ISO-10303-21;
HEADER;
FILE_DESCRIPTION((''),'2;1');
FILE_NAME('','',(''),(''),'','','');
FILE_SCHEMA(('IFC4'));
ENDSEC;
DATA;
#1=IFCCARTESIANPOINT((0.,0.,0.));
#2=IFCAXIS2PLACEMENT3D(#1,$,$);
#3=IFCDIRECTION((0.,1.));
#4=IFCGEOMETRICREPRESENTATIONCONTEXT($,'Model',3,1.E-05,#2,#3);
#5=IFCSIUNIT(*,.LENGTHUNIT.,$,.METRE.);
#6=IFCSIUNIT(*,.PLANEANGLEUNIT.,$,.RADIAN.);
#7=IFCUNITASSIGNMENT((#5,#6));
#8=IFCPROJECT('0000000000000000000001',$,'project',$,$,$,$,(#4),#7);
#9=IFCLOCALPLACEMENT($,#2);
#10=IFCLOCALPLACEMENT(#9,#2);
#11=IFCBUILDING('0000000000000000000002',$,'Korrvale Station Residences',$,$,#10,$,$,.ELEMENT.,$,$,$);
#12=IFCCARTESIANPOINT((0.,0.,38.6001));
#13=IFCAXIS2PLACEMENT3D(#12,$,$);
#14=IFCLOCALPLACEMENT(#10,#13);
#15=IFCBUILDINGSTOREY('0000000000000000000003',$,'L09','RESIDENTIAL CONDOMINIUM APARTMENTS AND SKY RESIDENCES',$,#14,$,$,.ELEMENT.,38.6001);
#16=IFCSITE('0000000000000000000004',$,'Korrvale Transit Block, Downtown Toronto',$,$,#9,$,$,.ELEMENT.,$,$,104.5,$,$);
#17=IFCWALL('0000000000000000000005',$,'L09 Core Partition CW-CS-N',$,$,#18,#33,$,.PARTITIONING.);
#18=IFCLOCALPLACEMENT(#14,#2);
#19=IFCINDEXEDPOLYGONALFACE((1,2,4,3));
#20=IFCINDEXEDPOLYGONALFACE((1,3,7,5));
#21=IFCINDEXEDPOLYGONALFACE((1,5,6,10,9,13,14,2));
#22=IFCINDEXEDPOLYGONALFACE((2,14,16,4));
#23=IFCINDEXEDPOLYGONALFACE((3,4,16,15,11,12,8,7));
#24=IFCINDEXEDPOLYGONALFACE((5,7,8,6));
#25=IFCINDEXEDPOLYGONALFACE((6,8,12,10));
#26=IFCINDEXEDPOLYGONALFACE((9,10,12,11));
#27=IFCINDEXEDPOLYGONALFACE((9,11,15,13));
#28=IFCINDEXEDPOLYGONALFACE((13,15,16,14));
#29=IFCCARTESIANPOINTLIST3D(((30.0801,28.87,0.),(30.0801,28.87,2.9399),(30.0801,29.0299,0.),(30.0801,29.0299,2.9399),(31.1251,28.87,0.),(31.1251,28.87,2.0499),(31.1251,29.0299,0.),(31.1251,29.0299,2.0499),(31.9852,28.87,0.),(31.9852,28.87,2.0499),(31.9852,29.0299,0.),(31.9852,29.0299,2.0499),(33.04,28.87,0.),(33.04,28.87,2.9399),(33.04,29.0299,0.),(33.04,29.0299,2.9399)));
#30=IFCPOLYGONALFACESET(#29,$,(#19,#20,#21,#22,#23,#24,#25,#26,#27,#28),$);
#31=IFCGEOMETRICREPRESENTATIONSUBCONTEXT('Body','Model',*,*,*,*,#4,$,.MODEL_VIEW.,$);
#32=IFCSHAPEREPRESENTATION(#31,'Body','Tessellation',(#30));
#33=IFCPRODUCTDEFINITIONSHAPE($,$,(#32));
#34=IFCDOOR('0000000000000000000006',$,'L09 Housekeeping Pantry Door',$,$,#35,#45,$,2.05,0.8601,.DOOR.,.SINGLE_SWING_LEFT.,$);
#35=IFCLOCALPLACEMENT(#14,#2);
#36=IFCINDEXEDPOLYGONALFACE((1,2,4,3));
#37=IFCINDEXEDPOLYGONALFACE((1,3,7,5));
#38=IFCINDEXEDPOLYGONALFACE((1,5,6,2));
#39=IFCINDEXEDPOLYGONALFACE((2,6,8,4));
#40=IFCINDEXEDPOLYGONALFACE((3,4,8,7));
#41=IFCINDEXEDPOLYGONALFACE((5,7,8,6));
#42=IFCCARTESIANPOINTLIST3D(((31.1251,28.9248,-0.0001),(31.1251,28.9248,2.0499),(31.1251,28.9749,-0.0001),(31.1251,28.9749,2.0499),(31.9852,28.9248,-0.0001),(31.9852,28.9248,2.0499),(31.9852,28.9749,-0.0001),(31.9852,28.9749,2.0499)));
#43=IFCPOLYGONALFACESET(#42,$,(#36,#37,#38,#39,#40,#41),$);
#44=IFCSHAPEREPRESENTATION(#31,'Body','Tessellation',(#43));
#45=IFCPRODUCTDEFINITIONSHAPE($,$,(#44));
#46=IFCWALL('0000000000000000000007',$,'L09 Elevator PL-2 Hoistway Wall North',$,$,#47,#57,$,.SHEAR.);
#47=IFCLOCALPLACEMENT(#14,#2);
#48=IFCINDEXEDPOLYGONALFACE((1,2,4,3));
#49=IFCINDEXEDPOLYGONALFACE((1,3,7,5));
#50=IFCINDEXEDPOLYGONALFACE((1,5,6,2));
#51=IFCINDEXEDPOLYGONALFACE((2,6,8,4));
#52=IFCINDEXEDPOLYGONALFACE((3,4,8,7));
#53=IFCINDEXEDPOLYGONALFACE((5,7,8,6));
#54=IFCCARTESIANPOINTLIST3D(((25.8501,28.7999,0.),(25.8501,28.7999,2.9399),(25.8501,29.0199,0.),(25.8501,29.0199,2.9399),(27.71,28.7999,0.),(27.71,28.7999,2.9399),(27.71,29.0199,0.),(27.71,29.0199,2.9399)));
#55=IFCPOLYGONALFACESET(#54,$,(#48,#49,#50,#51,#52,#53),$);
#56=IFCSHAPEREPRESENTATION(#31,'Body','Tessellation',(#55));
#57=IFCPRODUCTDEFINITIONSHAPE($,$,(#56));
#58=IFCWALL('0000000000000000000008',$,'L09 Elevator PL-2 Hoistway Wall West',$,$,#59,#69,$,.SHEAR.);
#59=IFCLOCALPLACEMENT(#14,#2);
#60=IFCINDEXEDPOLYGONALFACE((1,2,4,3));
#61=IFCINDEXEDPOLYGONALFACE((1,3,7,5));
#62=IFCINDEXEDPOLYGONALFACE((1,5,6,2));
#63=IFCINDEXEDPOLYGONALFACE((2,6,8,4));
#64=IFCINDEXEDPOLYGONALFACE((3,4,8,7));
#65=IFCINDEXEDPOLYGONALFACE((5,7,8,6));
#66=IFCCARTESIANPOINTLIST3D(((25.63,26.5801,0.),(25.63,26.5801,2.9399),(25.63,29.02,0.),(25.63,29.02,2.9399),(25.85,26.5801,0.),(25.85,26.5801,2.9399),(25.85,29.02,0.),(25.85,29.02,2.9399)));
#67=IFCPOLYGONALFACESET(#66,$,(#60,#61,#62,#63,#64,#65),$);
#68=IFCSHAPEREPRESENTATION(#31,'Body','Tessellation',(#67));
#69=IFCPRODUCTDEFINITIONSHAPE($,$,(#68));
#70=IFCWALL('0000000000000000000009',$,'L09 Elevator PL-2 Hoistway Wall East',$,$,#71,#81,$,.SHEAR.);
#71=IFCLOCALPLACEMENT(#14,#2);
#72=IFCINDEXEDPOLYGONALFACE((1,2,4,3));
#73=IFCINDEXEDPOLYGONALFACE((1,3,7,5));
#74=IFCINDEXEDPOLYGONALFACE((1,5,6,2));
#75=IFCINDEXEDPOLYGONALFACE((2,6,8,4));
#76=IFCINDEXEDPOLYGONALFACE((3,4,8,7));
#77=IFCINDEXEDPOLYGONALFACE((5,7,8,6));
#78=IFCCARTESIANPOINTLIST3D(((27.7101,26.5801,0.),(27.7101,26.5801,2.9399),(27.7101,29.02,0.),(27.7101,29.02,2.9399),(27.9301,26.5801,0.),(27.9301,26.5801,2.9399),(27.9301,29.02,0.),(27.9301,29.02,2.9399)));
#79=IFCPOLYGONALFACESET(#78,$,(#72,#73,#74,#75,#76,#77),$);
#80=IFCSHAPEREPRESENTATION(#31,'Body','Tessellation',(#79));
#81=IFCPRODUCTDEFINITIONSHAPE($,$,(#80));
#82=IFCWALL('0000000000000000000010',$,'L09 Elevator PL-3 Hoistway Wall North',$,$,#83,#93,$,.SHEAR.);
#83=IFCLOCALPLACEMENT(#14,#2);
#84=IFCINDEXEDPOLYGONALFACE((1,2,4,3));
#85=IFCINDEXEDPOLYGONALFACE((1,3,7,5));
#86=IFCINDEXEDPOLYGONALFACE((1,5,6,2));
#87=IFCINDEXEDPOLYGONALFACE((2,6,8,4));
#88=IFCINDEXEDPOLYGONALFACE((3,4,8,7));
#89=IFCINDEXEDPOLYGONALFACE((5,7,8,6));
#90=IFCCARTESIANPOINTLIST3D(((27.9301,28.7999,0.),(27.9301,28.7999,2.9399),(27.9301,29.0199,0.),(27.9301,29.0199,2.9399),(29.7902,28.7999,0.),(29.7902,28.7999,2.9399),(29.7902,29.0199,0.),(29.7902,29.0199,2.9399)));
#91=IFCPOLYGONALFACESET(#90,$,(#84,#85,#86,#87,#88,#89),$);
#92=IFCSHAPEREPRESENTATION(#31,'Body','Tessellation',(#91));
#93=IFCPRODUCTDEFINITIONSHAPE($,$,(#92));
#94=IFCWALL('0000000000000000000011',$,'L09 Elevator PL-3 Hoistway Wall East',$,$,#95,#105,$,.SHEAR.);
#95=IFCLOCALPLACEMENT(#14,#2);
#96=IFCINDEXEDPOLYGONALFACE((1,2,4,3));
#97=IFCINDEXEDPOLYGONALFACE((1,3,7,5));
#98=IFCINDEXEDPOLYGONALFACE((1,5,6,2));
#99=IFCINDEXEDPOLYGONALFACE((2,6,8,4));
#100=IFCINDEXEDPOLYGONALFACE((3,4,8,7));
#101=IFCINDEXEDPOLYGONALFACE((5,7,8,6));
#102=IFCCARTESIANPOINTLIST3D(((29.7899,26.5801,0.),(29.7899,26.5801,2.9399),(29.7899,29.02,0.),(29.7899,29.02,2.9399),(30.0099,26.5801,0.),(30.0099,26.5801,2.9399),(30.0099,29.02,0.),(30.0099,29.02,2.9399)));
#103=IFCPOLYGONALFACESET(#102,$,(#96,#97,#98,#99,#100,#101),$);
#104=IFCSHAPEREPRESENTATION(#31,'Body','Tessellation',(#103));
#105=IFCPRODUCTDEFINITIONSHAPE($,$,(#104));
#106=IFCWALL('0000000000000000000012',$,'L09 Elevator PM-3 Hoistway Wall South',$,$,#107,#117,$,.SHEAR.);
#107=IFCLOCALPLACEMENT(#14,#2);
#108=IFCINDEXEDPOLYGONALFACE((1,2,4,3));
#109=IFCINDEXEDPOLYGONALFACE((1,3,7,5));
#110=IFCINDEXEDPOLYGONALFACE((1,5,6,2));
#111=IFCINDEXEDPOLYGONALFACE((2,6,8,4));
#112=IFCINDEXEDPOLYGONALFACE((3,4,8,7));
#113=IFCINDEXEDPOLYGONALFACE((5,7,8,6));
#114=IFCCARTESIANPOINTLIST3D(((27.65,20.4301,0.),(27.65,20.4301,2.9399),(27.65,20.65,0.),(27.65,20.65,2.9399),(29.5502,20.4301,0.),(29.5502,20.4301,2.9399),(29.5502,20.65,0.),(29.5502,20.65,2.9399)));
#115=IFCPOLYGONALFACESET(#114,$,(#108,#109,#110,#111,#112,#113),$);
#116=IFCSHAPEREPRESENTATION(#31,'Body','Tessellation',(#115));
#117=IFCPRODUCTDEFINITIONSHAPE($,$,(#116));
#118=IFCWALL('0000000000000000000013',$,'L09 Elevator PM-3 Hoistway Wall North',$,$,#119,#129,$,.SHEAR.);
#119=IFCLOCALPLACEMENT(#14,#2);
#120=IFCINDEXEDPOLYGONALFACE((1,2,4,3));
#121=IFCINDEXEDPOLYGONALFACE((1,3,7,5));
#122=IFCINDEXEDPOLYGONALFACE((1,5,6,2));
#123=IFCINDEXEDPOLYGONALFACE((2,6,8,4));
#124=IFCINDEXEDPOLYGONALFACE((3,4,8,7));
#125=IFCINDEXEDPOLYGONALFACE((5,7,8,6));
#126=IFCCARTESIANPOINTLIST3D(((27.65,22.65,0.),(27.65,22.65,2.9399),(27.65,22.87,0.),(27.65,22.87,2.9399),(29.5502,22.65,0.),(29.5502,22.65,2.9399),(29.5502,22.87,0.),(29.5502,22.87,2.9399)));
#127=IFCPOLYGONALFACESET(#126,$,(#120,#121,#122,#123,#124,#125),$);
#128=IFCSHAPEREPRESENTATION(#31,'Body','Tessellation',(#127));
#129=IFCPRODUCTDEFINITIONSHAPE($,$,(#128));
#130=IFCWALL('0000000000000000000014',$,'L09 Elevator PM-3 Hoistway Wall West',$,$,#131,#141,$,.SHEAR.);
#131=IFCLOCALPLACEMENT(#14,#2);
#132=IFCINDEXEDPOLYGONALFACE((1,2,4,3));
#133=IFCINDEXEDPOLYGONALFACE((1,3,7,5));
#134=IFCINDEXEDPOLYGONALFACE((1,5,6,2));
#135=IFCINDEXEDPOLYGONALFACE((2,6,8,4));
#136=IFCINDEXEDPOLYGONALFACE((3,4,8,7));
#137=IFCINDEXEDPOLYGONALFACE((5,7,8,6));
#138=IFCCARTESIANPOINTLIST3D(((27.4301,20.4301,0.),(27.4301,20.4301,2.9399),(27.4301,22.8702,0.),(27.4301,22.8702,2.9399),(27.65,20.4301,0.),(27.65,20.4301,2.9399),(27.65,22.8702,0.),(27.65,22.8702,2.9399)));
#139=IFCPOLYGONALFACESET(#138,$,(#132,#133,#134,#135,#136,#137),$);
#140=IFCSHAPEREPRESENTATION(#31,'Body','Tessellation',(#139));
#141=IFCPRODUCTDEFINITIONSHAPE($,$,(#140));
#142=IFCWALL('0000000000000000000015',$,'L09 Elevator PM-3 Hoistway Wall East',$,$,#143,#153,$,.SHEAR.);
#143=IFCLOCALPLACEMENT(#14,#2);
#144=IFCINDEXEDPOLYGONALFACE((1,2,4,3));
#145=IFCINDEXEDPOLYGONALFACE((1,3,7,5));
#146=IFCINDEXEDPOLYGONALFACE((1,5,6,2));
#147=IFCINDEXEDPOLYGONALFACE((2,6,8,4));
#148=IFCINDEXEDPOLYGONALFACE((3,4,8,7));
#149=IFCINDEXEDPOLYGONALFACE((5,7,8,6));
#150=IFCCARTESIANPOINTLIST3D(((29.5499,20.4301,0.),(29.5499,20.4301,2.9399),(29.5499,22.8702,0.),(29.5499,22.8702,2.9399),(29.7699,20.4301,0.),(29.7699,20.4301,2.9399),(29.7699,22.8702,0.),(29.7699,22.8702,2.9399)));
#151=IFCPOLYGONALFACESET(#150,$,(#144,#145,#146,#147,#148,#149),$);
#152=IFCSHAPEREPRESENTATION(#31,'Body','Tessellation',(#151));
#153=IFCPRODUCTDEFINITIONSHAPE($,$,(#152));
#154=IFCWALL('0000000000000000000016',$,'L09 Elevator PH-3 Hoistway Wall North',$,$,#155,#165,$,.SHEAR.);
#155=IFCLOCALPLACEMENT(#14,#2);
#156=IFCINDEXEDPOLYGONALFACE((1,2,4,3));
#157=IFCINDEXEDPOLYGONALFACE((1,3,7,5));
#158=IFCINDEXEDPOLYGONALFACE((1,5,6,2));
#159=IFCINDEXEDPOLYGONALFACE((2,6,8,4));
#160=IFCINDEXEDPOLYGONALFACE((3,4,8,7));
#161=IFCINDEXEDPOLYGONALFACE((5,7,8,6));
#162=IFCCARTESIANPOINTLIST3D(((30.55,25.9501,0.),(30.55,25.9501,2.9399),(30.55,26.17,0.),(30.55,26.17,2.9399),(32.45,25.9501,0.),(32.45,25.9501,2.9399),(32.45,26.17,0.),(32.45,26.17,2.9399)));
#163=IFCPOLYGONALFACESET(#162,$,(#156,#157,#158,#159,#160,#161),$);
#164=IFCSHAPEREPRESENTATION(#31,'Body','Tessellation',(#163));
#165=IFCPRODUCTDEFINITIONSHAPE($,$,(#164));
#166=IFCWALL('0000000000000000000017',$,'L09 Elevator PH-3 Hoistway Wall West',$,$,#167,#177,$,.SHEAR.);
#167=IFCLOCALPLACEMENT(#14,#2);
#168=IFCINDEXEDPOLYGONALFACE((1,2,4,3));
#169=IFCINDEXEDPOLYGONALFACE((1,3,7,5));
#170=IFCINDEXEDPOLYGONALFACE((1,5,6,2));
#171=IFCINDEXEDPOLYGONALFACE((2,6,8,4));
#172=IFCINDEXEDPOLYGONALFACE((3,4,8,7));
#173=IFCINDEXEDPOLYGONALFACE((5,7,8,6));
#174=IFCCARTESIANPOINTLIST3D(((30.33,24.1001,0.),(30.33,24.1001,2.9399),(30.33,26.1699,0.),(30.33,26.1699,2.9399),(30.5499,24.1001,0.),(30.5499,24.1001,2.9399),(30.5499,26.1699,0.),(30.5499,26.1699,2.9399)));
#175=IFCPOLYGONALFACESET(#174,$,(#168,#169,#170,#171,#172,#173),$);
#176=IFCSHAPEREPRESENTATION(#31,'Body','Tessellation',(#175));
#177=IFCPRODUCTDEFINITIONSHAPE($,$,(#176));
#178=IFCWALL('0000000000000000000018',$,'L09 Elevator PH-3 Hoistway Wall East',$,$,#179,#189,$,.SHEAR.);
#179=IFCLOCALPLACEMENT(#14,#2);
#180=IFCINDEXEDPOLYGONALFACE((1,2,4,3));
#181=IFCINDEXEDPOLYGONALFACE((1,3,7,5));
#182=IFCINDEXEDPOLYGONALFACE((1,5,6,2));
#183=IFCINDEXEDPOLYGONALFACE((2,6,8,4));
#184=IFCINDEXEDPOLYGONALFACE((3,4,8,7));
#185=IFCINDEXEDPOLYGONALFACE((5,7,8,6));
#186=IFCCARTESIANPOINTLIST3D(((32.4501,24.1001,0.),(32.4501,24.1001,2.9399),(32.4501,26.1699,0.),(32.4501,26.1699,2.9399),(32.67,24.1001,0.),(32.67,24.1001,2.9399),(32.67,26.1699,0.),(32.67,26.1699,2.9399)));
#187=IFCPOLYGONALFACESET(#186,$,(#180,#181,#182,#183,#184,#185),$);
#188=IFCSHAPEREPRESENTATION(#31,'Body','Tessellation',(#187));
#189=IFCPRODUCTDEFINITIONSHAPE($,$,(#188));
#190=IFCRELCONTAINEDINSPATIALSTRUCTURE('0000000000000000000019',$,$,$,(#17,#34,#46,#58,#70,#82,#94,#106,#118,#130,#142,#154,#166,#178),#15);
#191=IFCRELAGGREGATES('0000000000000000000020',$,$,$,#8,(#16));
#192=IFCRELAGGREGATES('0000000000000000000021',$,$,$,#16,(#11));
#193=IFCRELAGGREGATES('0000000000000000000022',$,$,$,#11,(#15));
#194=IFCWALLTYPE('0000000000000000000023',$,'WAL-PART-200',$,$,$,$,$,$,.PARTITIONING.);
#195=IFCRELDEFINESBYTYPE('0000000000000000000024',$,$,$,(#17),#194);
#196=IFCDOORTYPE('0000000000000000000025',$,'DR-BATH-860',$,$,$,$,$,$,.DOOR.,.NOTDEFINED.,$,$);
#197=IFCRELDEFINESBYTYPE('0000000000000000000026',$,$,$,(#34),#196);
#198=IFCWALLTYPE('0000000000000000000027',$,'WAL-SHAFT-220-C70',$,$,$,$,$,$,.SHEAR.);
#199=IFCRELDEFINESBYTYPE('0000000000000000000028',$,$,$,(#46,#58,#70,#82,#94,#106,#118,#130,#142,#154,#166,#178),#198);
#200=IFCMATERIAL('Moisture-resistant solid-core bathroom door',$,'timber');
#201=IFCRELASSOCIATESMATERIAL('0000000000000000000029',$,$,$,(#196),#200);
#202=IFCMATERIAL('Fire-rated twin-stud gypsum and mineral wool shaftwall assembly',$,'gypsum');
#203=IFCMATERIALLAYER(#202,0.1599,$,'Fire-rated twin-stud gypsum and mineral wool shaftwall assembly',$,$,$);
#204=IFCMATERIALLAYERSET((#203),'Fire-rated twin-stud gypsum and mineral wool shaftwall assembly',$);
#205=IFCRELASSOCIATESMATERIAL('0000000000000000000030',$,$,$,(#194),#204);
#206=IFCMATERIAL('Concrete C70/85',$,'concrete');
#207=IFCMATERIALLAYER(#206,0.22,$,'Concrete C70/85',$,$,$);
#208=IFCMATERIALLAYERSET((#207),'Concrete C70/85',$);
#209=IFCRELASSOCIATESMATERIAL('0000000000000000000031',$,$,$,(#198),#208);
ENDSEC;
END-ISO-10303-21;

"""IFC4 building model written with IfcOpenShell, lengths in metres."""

from ifc_helpers import new_model, si_unit, direction, frame, frame_2d, origin, place, context, subcontext, project, spatial, rectangle, extrude, material, layer, layer_set, type_object, element, fill, save


model = new_model("IFC4")

# Units and contexts
model_context = context("Model", 3, precision=1e-05, world=origin(), true_north=direction((0.0, 1.0)))
body_context = subcontext(model_context, "Body", "Model", "MODEL_VIEW")
ifc_project = project(units=[si_unit("LENGTHUNIT", "METRE"), si_unit("PLANEANGLEUNIT", "RADIAN")], contexts=[model_context])

# Site, building, storey
site_placement = place(None, origin())
site = spatial("IfcSite", under=ifc_project, at=site_placement, Name="Korrvale Transit Block, Downtown Toronto", CompositionType="ELEMENT", RefElevation=104.5)
building_placement = place(site_placement, origin())
building = spatial("IfcBuilding", under=site, at=building_placement, Name="Korrvale Station Residences", CompositionType="ELEMENT")
storey_placement = place(building_placement, frame((0.0, 0.0, 38.6001)))
storey = spatial("IfcBuildingStorey", under=building, at=storey_placement, Name="L09", Description="RESIDENTIAL CONDOMINIUM APARTMENTS AND SKY RESIDENCES", CompositionType="ELEMENT", Elevation=38.6001)

# Shared definitions
ifc_material_1 = material(Name="Concrete C70/85", Category="concrete")

# Shared definitions
ifc_material_2 = material(Name="Moisture-resistant solid-core bathroom door", Category="timber")
door_type_1 = type_object("IfcDoorType", Name="DR-BATH-860", OperationType="NOTDEFINED", PredefinedType="DOOR", material=ifc_material_2)

# Shared definitions
ifc_material_3 = material(Name="Fire-rated twin-stud gypsum and mineral wool shaftwall assembly", Category="gypsum")
ifc_layer_1 = layer(ifc_material_3, 0.1599, Name="Fire-rated twin-stud gypsum and mineral wool shaftwall assembly")
ifc_layer_set_1 = layer_set([ifc_layer_1], Name="Fire-rated twin-stud gypsum and mineral wool shaftwall assembly")
wall_type_1 = type_object("IfcWallType", Name="WAL-PART-200", PredefinedType="PARTITIONING", material=ifc_layer_set_1)

# Wall, opening, door
wall_1_placement = place(storey_placement, frame((30.0801, 28.95, 0.0), z_axis=(0.0, 0.0, 1.0), x_axis=(1.0, 0.0, 0.0)))
wall_1 = element("IfcWall", 1, at=wall_1_placement, inside=storey, type_object=wall_type_1, Name="L09 Core Partition CW-CS-N", PredefinedType="PARTITIONING", context=body_context, shape_type="SweptSolid", body=[
    extrude(rectangle(XDim=2.96, YDim=0.1599, at=frame_2d((1.48, 0.0))), origin(), (0.0, 0.0, 1.0), 2.9399),
])
opening_1_placement = place(wall_1_placement, frame((1.0449, 0.0, 0.0)))
opening_1 = element("IfcOpeningElement", 2, at=opening_1_placement, cuts=wall_1, PredefinedType="OPENING", context=body_context, shape_type="SweptSolid", body=[
    extrude(rectangle(XDim=0.8601, YDim=2.05, at=frame_2d((0.4302, 1.0249))), frame((0.0, 0.0898, 0.0), z_axis=(0.0, -1.0, 0.0), x_axis=(1.0, 0.0, 0.0)), (0.0, 0.0, 1.0), 0.1799),
])
door_1_placement = place(opening_1_placement, origin())
door_1 = element("IfcDoor", 3, at=door_1_placement, inside=storey, type_object=door_type_1, Name="L09 Housekeeping Pantry Door", OperationType="SINGLE_SWING_LEFT", OverallHeight=2.05, OverallWidth=0.8601, PredefinedType="DOOR", context=body_context, shape_type="SweptSolid", body=[
    extrude(rectangle(XDim=0.8601, YDim=2.05, at=frame_2d((0.4302, 1.0249))), frame((0.0, 0.0249, 0.0), z_axis=(0.0, -1.0, 0.0), x_axis=(1.0, 0.0, 0.0)), (0.0, 0.0, 1.0), 0.05),
])
fill(opening_1, door_1)
ifc_layer_2 = layer(ifc_material_1, 0.22, Name="Concrete C70/85")
ifc_layer_set_2 = layer_set([ifc_layer_2], Name="Concrete C70/85")
wall_type_2 = type_object("IfcWallType", Name="WAL-SHAFT-220-C70", PredefinedType="SHEAR", material=ifc_layer_set_2)

# Walls
wall_2_placement = place(storey_placement, frame((25.8501, 28.9099, 0.0), z_axis=(0.0, 0.0, 1.0), x_axis=(1.0, 0.0, 0.0)))
element("IfcWall", 4, at=wall_2_placement, inside=storey, type_object=wall_type_2, Name="L09 Elevator PL-2 Hoistway Wall North", PredefinedType="SHEAR", context=body_context, shape_type="SweptSolid", body=[
    extrude(rectangle(XDim=1.8599, YDim=0.22, at=frame_2d((0.9299, 0.0))), origin(), (0.0, 0.0, 1.0), 2.9399),
])
for number, where, z_axis, x_axis, name in (
    (5, (25.74, 26.5801, 0.0), (0.0, 0.0, 1.0), (0.0, 1.0, 0.0), "L09 Elevator PL-2 Hoistway Wall West"),
    (6, (27.8201, 26.5801, 0.0), (0.0, 0.0, 1.0), (0.0, 1.0, 0.0), "L09 Elevator PL-2 Hoistway Wall East"),
):
    element("IfcWall", number, at=place(storey_placement, frame(where, z_axis=z_axis, x_axis=x_axis)), inside=storey, type_object=wall_type_2, Name=name, PredefinedType="SHEAR", context=body_context, shape_type="SweptSolid", body=[
        extrude(rectangle(XDim=2.4399, YDim=0.22, at=frame_2d((1.22, 0.0))), origin(), (0.0, 0.0, 1.0), 2.9399),
    ])

# Walls
wall_3_placement = place(storey_placement, frame((27.9299, 28.9099, 0.0), z_axis=(0.0, 0.0, 1.0), x_axis=(1.0, 0.0, 0.0)))
element("IfcWall", 7, at=wall_3_placement, inside=storey, type_object=wall_type_2, Name="L09 Elevator PL-3 Hoistway Wall North", PredefinedType="SHEAR", context=body_context, shape_type="SweptSolid", body=[
    extrude(rectangle(XDim=1.8601, YDim=0.22, at=frame_2d((0.9302, 0.0))), origin(), (0.0, 0.0, 1.0), 2.9399),
])
wall_4_placement = place(storey_placement, frame((29.8999, 26.5801, 0.0), z_axis=(0.0, 0.0, 1.0), x_axis=(0.0, 1.0, 0.0)))
element("IfcWall", 8, at=wall_4_placement, inside=storey, type_object=wall_type_2, Name="L09 Elevator PL-3 Hoistway Wall East", PredefinedType="SHEAR", context=body_context, shape_type="SweptSolid", body=[
    extrude(rectangle(XDim=2.4399, YDim=0.22, at=frame_2d((1.22, 0.0))), origin(), (0.0, 0.0, 1.0), 2.9399),
])
for number, where, z_axis, x_axis, name in (
    (9, (27.6499, 20.54, 0.0), (0.0, 0.0, 1.0), (1.0, 0.0, 0.0), "L09 Elevator PM-3 Hoistway Wall South"),
    (10, (27.6499, 22.76, 0.0), (0.0, 0.0, 1.0), (1.0, 0.0, 0.0), "L09 Elevator PM-3 Hoistway Wall North"),
):
    element("IfcWall", number, at=place(storey_placement, frame(where, z_axis=z_axis, x_axis=x_axis)), inside=storey, type_object=wall_type_2, Name=name, PredefinedType="SHEAR", context=body_context, shape_type="SweptSolid", body=[
        extrude(rectangle(XDim=1.9001, YDim=0.22, at=frame_2d((0.9502, 0.0))), origin(), (0.0, 0.0, 1.0), 2.9399),
    ])
for number, where, z_axis, x_axis, name in (
    (11, (27.54, 20.4299, 0.0), (0.0, 0.0, 1.0), (0.0, 1.0, 0.0), "L09 Elevator PM-3 Hoistway Wall West"),
    (12, (29.6599, 20.4299, 0.0), (0.0, 0.0, 1.0), (0.0, 1.0, 0.0), "L09 Elevator PM-3 Hoistway Wall East"),
):
    element("IfcWall", number, at=place(storey_placement, frame(where, z_axis=z_axis, x_axis=x_axis)), inside=storey, type_object=wall_type_2, Name=name, PredefinedType="SHEAR", context=body_context, shape_type="SweptSolid", body=[
        extrude(rectangle(XDim=2.4402, YDim=0.22, at=frame_2d((1.2202, 0.0))), origin(), (0.0, 0.0, 1.0), 2.9399),
    ])
wall_5_placement = place(storey_placement, frame((30.55, 26.0601, 0.0), z_axis=(0.0, 0.0, 1.0), x_axis=(1.0, 0.0, 0.0)))
element("IfcWall", 13, at=wall_5_placement, inside=storey, type_object=wall_type_2, Name="L09 Elevator PH-3 Hoistway Wall North", PredefinedType="SHEAR", context=body_context, shape_type="SweptSolid", body=[
    extrude(rectangle(XDim=1.8999, YDim=0.22, at=frame_2d((0.95, 0.0))), origin(), (0.0, 0.0, 1.0), 2.9399),
])
for number, where, z_axis, x_axis, name in (
    (14, (30.4399, 24.1001, 0.0), (0.0, 0.0, 1.0), (0.0, 1.0, 0.0), "L09 Elevator PH-3 Hoistway Wall West"),
    (15, (32.5601, 24.1001, 0.0), (0.0, 0.0, 1.0), (0.0, 1.0, 0.0), "L09 Elevator PH-3 Hoistway Wall East"),
):
    element("IfcWall", number, at=place(storey_placement, frame(where, z_axis=z_axis, x_axis=x_axis)), inside=storey, type_object=wall_type_2, Name=name, PredefinedType="SHEAR", context=body_context, shape_type="SweptSolid", body=[
        extrude(rectangle(XDim=2.0698, YDim=0.22, at=frame_2d((1.0349, 0.0))), origin(), (0.0, 0.0, 1.0), 2.9399),
    ])

save(model, "model.ifc")
